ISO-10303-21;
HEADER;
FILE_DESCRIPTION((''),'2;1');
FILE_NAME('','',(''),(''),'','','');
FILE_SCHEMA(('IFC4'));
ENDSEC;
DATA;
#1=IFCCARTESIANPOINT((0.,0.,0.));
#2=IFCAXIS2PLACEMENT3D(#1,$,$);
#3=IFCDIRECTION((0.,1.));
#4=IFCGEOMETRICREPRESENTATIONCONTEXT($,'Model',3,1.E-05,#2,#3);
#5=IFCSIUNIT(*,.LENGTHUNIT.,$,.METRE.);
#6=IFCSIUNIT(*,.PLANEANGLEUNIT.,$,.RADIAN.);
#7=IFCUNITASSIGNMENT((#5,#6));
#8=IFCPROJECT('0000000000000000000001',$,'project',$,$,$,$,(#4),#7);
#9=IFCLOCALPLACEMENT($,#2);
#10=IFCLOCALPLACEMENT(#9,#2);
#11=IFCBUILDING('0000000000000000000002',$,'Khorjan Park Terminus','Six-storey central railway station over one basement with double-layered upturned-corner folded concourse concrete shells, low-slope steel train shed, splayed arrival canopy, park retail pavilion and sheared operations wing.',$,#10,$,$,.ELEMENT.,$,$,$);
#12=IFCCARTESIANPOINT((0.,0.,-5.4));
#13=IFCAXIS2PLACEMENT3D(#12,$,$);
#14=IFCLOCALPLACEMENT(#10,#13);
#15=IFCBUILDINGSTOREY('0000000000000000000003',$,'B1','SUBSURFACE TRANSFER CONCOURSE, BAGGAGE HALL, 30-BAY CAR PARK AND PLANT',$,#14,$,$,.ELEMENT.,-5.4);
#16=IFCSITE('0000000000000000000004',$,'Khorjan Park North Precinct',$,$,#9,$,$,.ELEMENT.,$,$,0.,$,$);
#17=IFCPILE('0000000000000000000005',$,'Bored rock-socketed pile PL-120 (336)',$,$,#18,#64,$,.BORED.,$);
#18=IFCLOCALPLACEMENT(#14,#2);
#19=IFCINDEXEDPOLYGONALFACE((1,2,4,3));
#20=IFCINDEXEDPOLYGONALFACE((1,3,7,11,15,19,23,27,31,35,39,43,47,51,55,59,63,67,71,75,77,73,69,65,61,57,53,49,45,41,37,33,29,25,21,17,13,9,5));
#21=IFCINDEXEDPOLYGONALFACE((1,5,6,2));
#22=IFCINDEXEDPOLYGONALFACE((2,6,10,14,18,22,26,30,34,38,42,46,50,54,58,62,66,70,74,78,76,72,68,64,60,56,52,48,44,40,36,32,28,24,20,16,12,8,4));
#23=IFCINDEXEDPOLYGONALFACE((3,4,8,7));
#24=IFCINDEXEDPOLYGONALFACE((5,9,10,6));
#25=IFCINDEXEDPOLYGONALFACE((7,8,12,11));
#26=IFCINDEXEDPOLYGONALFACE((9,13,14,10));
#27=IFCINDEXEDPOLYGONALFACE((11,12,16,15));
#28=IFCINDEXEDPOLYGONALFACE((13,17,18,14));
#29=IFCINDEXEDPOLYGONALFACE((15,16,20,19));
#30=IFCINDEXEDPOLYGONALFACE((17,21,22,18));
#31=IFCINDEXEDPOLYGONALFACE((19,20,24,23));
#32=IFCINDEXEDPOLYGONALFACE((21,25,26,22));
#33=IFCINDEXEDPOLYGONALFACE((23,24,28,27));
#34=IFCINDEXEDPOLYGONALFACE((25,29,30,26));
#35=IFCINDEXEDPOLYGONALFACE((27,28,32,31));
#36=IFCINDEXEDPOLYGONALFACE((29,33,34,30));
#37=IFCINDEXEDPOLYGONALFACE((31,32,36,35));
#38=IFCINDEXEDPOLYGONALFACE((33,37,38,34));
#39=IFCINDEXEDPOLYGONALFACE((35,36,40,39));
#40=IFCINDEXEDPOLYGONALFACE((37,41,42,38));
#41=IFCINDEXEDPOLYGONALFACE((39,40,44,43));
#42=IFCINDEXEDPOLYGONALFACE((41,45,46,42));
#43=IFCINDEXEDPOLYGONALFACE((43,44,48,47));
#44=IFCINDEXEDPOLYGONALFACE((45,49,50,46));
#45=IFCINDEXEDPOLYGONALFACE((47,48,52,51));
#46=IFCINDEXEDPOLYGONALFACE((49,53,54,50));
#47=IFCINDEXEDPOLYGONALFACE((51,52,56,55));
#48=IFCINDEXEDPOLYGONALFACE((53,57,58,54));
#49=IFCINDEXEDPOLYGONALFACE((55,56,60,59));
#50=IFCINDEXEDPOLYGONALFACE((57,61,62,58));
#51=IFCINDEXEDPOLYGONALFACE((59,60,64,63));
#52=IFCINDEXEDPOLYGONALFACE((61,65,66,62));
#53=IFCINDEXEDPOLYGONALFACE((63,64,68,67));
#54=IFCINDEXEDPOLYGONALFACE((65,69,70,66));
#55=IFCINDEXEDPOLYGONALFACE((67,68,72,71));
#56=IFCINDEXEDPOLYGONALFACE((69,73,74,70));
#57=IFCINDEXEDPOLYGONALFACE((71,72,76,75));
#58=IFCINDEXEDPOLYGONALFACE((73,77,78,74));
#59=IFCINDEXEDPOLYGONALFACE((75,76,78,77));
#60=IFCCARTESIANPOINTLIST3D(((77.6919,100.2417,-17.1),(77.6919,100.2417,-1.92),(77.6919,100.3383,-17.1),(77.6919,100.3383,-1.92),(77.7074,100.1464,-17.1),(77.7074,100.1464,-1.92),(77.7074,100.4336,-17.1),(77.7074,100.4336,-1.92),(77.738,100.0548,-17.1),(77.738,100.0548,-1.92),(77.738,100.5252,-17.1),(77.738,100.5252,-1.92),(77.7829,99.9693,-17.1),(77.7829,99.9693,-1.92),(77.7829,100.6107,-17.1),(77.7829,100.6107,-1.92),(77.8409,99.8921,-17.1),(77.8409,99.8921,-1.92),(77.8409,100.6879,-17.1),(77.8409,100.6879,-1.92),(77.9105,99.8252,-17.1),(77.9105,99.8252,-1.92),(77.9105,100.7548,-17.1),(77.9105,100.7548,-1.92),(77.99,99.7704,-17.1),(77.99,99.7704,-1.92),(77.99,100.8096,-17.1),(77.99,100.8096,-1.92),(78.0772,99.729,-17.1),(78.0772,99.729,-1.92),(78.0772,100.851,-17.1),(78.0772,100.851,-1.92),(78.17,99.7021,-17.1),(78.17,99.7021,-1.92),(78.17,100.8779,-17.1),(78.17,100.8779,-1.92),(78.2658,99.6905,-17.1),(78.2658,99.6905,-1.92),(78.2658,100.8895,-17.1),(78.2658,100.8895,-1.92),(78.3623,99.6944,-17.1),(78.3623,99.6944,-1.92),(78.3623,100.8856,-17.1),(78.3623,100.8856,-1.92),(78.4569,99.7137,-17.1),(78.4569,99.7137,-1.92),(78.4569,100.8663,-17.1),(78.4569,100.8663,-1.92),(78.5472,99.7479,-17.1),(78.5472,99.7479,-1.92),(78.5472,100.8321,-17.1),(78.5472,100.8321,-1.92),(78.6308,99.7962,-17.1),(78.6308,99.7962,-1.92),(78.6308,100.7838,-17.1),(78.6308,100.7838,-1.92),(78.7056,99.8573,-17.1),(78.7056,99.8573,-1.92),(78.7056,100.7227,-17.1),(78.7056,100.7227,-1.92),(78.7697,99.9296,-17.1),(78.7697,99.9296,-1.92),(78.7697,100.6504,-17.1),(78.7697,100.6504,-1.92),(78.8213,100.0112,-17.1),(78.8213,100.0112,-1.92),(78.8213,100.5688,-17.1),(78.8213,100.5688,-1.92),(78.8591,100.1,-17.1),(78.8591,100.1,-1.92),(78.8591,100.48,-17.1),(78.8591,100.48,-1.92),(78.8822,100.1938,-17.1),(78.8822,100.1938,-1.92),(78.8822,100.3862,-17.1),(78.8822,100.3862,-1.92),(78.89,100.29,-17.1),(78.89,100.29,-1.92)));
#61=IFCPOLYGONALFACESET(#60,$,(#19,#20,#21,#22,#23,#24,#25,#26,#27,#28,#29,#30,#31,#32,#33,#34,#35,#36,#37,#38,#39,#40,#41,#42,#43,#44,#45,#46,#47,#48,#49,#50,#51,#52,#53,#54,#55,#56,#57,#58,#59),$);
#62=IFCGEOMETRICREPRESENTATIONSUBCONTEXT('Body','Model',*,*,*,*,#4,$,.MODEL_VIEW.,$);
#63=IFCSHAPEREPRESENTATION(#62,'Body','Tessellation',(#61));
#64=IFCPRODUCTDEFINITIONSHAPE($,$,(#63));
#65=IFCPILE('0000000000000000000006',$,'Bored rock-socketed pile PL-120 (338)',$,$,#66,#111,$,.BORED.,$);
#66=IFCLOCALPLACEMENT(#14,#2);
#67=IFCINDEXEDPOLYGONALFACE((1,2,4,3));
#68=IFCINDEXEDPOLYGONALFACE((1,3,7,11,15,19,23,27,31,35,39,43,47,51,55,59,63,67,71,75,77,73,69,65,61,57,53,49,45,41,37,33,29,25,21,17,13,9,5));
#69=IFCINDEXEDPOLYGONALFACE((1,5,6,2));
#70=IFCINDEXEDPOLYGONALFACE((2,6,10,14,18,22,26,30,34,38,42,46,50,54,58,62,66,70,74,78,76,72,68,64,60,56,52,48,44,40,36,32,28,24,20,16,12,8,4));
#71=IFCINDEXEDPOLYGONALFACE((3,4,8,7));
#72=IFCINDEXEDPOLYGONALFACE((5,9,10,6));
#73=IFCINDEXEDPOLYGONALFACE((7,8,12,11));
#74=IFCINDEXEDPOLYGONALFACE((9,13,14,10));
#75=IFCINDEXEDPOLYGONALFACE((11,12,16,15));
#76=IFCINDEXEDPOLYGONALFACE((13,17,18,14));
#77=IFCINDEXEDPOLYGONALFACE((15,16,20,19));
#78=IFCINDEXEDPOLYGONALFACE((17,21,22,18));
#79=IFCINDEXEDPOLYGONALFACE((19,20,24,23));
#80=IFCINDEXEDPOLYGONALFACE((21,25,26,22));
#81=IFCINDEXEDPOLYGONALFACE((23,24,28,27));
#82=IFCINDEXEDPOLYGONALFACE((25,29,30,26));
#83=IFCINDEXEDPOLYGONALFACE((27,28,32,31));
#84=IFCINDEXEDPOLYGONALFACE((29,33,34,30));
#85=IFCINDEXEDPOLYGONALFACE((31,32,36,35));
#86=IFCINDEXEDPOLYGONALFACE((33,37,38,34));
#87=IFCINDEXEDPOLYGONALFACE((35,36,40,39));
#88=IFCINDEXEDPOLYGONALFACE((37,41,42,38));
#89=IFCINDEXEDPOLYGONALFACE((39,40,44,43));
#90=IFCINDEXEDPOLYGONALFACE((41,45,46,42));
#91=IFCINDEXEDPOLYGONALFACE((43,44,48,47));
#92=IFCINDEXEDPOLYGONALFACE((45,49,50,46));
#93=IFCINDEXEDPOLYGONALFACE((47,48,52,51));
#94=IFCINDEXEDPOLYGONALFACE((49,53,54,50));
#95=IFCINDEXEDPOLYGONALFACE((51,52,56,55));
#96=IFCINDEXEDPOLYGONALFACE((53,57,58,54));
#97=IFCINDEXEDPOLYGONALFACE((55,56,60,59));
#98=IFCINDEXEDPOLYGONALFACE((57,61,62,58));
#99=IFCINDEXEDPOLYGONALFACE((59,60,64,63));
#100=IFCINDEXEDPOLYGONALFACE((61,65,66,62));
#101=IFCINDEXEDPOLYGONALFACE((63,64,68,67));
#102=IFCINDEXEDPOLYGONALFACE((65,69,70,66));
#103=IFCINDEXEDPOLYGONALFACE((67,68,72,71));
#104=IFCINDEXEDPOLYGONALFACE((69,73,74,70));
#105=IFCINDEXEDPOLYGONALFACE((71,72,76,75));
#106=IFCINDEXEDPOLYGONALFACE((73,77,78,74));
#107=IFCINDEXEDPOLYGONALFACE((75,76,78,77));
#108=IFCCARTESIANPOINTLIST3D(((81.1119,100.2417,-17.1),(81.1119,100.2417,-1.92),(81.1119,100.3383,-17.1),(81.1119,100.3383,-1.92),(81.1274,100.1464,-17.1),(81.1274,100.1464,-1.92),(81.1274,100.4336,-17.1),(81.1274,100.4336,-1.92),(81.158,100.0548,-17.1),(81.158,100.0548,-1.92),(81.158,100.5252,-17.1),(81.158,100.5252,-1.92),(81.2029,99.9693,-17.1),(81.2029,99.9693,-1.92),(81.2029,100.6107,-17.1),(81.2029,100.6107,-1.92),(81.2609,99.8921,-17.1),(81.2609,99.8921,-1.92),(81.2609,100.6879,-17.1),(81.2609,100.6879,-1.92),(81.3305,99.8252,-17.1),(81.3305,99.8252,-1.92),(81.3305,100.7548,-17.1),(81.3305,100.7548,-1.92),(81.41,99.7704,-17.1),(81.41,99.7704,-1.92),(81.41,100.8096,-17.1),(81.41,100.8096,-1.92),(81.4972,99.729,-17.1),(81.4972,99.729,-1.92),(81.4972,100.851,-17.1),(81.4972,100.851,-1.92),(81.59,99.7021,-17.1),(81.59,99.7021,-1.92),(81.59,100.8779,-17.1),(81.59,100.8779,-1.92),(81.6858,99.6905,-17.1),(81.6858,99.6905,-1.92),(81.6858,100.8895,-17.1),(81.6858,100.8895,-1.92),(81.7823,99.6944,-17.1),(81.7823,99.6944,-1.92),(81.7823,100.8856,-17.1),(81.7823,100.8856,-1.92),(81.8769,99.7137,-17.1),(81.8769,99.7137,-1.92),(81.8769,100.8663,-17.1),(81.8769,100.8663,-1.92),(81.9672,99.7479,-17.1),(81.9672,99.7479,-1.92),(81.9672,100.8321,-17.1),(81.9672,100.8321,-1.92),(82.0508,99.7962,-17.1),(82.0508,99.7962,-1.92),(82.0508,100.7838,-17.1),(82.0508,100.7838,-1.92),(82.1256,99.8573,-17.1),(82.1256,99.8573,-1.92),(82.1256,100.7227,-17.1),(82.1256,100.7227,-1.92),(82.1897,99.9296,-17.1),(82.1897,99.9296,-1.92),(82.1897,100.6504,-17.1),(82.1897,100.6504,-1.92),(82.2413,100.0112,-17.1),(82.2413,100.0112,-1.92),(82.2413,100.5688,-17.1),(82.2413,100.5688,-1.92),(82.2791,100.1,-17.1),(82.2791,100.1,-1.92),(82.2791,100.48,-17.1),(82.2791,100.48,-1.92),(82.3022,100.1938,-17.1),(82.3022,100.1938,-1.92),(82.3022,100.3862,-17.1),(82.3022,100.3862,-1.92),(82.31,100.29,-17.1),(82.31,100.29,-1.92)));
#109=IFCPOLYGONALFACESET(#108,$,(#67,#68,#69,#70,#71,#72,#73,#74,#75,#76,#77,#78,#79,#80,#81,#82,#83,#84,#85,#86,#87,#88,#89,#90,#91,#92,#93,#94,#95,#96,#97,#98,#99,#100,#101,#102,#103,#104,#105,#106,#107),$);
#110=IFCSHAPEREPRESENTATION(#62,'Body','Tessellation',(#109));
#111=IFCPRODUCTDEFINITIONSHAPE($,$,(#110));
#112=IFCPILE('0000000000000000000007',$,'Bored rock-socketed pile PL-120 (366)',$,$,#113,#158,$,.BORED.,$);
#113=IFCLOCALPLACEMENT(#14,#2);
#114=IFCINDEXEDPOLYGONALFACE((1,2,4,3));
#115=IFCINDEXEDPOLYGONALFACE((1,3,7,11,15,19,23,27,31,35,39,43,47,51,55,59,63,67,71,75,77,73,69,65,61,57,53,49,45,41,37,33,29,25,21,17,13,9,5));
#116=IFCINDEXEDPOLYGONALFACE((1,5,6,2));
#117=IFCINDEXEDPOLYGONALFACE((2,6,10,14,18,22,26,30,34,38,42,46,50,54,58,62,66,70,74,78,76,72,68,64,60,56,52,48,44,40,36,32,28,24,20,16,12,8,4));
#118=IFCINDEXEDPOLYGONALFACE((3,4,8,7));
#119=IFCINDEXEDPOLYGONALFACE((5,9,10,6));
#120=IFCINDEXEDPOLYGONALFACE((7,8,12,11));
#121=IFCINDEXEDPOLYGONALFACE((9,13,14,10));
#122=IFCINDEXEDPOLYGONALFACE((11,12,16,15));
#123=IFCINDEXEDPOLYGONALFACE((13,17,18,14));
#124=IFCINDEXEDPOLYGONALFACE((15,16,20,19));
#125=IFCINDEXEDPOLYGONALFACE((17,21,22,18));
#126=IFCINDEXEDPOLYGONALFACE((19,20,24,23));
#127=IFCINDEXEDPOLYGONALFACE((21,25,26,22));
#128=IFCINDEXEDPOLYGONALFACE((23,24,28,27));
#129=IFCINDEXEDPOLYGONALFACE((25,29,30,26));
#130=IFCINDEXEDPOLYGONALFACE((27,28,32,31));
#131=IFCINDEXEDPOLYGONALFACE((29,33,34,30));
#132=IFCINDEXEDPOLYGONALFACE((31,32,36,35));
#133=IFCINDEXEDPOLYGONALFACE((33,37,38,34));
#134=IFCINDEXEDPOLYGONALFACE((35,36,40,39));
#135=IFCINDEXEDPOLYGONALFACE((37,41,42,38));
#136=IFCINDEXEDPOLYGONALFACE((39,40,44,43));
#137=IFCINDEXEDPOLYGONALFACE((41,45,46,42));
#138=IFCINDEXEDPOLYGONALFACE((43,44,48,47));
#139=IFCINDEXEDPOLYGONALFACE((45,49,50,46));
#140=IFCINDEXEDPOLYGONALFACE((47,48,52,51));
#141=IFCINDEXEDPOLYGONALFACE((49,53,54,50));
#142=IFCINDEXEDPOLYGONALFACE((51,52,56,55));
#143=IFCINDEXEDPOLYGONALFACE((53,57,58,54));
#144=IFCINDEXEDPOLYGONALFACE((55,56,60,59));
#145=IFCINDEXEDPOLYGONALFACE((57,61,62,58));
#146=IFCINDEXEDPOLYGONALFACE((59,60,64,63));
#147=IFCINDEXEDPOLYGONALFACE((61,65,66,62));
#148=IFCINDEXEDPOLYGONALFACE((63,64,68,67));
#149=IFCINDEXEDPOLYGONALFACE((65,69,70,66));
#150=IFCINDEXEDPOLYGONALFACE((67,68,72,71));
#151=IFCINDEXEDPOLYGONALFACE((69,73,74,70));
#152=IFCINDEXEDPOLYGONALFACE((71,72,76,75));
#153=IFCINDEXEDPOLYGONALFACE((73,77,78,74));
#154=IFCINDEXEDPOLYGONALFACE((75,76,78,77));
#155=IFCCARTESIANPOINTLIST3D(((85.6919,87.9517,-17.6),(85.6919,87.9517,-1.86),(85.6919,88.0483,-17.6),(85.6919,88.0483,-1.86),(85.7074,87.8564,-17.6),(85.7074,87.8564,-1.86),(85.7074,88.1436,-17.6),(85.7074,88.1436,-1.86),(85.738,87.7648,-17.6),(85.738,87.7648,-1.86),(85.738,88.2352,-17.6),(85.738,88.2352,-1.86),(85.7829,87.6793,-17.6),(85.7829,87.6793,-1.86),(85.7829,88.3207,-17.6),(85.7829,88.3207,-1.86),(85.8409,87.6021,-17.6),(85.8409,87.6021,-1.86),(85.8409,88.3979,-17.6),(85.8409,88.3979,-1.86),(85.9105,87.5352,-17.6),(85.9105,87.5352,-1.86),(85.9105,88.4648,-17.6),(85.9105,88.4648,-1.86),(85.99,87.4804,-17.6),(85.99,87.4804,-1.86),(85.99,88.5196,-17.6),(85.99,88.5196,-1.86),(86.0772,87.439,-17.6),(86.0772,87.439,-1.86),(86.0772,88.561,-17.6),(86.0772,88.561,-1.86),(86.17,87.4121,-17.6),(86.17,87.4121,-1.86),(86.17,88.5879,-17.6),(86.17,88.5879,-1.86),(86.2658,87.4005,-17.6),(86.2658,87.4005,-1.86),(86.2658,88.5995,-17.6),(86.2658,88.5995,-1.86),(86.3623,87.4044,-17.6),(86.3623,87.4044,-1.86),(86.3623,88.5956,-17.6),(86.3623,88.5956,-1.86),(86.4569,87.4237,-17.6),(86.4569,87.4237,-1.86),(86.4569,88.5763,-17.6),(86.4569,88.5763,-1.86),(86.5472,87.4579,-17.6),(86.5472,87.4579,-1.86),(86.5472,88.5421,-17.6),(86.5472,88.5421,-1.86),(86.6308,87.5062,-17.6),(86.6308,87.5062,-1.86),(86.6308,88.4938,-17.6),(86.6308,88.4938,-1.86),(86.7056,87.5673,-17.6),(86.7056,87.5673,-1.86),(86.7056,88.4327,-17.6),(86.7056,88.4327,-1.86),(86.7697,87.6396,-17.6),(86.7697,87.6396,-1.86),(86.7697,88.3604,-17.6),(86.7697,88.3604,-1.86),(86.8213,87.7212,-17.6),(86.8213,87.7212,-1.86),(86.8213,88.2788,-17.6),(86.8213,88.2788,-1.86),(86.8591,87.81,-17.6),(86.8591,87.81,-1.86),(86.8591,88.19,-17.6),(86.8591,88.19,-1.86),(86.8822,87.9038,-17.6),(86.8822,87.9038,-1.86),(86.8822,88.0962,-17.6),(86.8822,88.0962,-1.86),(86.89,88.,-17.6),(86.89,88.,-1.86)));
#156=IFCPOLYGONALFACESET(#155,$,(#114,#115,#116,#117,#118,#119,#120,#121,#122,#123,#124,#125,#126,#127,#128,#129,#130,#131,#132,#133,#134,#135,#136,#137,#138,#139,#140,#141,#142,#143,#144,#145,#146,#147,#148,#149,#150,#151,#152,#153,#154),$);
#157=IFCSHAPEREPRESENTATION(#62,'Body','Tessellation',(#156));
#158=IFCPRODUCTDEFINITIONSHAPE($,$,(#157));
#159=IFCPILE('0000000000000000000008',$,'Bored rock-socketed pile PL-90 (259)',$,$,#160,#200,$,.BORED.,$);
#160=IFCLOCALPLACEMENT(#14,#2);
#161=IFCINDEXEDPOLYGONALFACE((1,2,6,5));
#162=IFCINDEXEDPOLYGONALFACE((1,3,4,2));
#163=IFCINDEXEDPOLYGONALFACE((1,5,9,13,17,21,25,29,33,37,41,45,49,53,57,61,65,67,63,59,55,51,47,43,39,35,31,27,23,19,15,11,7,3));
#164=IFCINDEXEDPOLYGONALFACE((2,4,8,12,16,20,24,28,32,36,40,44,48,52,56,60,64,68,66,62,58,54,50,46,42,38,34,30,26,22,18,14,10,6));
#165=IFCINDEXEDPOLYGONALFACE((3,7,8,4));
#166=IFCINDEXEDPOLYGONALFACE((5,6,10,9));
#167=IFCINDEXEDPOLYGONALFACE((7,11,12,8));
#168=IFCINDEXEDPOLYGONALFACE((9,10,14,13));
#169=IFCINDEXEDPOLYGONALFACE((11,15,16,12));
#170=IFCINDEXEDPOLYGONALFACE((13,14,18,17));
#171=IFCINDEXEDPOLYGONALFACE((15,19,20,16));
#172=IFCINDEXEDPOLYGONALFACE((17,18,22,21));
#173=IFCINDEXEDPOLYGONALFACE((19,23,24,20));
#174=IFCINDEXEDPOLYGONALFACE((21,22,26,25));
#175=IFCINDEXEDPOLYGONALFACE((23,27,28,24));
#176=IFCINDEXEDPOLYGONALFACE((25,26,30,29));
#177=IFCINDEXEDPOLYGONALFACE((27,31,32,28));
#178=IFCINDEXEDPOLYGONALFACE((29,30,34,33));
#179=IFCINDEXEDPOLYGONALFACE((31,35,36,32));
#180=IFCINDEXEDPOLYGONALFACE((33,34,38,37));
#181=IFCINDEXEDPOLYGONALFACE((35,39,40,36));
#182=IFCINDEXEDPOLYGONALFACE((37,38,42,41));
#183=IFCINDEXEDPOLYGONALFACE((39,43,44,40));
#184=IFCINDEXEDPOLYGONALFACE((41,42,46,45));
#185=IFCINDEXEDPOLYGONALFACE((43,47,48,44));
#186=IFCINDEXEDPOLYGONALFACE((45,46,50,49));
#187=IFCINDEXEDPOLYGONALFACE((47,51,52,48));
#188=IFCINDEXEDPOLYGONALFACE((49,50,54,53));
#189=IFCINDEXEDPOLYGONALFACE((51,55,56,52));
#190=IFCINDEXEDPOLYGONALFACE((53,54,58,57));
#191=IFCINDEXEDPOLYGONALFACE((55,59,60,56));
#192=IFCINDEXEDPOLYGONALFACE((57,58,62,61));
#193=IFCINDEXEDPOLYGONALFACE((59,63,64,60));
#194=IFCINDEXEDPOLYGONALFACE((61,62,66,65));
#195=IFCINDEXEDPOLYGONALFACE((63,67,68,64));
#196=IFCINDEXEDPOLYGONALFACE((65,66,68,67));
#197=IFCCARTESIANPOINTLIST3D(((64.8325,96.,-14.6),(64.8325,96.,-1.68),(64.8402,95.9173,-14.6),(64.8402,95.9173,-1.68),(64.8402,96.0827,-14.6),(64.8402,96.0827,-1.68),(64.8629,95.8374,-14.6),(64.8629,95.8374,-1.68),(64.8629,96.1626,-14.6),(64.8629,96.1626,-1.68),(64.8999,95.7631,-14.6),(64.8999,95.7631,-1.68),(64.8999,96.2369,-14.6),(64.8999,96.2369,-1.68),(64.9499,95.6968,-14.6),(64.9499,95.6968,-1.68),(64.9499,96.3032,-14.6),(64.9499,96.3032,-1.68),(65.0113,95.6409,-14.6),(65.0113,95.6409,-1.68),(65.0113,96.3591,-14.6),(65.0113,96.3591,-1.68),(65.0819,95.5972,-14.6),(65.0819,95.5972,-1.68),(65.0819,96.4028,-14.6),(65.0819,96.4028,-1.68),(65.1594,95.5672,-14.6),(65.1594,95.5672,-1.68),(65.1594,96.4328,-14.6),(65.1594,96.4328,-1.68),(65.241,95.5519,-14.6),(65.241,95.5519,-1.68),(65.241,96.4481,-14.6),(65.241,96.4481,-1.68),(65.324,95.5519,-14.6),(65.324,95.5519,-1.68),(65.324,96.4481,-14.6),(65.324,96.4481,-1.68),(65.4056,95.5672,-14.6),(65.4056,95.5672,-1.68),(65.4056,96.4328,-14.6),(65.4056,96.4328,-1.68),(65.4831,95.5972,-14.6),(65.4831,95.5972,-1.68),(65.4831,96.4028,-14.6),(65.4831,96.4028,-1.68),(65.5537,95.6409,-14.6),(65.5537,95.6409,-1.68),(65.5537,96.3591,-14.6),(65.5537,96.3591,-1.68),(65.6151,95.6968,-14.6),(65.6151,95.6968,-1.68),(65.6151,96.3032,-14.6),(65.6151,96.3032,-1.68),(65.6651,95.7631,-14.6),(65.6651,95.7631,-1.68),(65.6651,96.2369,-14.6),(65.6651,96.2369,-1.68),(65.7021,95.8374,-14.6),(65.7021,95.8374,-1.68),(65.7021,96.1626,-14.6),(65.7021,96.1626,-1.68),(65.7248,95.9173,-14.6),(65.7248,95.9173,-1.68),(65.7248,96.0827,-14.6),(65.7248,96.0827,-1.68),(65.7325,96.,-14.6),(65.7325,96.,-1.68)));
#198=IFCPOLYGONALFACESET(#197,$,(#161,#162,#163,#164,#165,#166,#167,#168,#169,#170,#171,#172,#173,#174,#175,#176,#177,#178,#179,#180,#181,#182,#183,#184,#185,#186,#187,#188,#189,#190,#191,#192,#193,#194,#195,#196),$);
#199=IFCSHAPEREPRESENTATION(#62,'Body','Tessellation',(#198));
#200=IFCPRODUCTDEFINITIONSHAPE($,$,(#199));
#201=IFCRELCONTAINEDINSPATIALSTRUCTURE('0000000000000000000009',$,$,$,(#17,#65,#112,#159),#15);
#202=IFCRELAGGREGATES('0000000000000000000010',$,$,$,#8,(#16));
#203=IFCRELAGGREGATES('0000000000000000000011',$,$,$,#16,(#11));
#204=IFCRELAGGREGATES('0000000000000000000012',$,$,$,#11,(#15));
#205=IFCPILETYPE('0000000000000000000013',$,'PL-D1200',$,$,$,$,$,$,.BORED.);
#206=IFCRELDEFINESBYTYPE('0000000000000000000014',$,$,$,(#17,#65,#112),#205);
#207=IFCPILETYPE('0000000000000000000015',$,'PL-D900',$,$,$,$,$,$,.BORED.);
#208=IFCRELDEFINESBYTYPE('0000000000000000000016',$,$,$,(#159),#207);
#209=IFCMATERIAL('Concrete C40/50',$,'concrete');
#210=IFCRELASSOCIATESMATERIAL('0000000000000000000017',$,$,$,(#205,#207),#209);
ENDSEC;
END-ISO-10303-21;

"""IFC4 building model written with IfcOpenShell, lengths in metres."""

from ifc_helpers import new_model, si_unit, direction, frame, origin, origin_2d, place, context, subcontext, project, spatial, circle, extrude, material, material_profile, profile_set, type_object, element, save


model = new_model("IFC4")

# Units and contexts
model_context = context("Model", 3, precision=1e-05, world=origin(), true_north=direction((0.0, 1.0)))
body_context = subcontext(model_context, "Body", "Model", "MODEL_VIEW")
ifc_project = project(units=[si_unit("LENGTHUNIT", "METRE"), si_unit("PLANEANGLEUNIT", "RADIAN")], contexts=[model_context])

# Site, building, storey
site_placement = place(None, origin())
site = spatial("IfcSite", under=ifc_project, at=site_placement, Name="Khorjan Park North Precinct", CompositionType="ELEMENT", RefElevation=0.0)
building_placement = place(site_placement, origin())
building = spatial("IfcBuilding", under=site, at=building_placement, Name="Khorjan Park Terminus", Description="Six-storey central railway station over one basement with double-layered upturned-corner folded concourse concrete shells, low-slope steel train shed, splayed arrival canopy, park retail pavilion and sheared operations wing.", CompositionType="ELEMENT")
storey_placement = place(building_placement, frame((0.0, 0.0, -5.4)))
storey = spatial("IfcBuildingStorey", under=building, at=storey_placement, Name="B1", Description="SUBSURFACE TRANSFER CONCOURSE, BAGGAGE HALL, 30-BAY CAR PARK AND PLANT", CompositionType="ELEMENT", Elevation=-5.4)

# Shared definitions
ifc_material_1 = material(Name="Concrete C40/50", Category="concrete")

# Piles
ifc_material_profile_1 = material_profile(ifc_material_1, circle(Radius=0.6, at=origin_2d()), Name="BORED D1200")
ifc_profile_set_1 = profile_set([ifc_material_profile_1], Name="Concrete C40/50")
pile_type_1 = type_object("IfcPileType", Name="PL-D1200", PredefinedType="BORED", material=ifc_profile_set_1)
for number, where, z_axis, x_axis, name in (
    (1, (78.29, 100.29, -1.92), (0.0, 0.0, -1.0), (1.0, 0.0, 0.0), "Bored rock-socketed pile PL-120 (336)"),
    (2, (81.71, 100.29, -1.92), (0.0, 0.0, -1.0), (1.0, 0.0, 0.0), "Bored rock-socketed pile PL-120 (338)"),
):
    element("IfcPile", number, at=place(storey_placement, frame(where, z_axis=z_axis, x_axis=x_axis)), inside=storey, type_object=pile_type_1, Name=name, PredefinedType="BORED", context=body_context, shape_type="SweptSolid", body=[
        extrude(circle(Radius=0.6, at=origin_2d()), origin(), (0.0, 0.0, 1.0), 15.18),
    ])
pile_1_placement = place(storey_placement, frame((86.29, 88.0, -1.86), z_axis=(0.0, 0.0, -1.0), x_axis=(1.0, 0.0, 0.0)))
element("IfcPile", 3, at=pile_1_placement, inside=storey, type_object=pile_type_1, Name="Bored rock-socketed pile PL-120 (366)", PredefinedType="BORED", context=body_context, shape_type="SweptSolid", body=[
    extrude(circle(Radius=0.6, at=origin_2d()), origin(), (0.0, 0.0, 1.0), 15.74),
])
ifc_material_profile_2 = material_profile(ifc_material_1, circle(Radius=0.45, at=origin_2d()), Name="BORED D900")
ifc_profile_set_2 = profile_set([ifc_material_profile_2], Name="Concrete C40/50")
pile_type_2 = type_object("IfcPileType", Name="PL-D900", PredefinedType="BORED", material=ifc_profile_set_2)
pile_2_placement = place(storey_placement, frame((65.2825, 96.0, -1.68), z_axis=(0.0, 0.0, -1.0), x_axis=(1.0, 0.0, 0.0)))
element("IfcPile", 4, at=pile_2_placement, inside=storey, type_object=pile_type_2, Name="Bored rock-socketed pile PL-90 (259)", PredefinedType="BORED", context=body_context, shape_type="SweptSolid", body=[
    extrude(circle(Radius=0.45, at=origin_2d()), origin(), (0.0, 0.0, 1.0), 12.92),
])

save(model, "model.ifc")
